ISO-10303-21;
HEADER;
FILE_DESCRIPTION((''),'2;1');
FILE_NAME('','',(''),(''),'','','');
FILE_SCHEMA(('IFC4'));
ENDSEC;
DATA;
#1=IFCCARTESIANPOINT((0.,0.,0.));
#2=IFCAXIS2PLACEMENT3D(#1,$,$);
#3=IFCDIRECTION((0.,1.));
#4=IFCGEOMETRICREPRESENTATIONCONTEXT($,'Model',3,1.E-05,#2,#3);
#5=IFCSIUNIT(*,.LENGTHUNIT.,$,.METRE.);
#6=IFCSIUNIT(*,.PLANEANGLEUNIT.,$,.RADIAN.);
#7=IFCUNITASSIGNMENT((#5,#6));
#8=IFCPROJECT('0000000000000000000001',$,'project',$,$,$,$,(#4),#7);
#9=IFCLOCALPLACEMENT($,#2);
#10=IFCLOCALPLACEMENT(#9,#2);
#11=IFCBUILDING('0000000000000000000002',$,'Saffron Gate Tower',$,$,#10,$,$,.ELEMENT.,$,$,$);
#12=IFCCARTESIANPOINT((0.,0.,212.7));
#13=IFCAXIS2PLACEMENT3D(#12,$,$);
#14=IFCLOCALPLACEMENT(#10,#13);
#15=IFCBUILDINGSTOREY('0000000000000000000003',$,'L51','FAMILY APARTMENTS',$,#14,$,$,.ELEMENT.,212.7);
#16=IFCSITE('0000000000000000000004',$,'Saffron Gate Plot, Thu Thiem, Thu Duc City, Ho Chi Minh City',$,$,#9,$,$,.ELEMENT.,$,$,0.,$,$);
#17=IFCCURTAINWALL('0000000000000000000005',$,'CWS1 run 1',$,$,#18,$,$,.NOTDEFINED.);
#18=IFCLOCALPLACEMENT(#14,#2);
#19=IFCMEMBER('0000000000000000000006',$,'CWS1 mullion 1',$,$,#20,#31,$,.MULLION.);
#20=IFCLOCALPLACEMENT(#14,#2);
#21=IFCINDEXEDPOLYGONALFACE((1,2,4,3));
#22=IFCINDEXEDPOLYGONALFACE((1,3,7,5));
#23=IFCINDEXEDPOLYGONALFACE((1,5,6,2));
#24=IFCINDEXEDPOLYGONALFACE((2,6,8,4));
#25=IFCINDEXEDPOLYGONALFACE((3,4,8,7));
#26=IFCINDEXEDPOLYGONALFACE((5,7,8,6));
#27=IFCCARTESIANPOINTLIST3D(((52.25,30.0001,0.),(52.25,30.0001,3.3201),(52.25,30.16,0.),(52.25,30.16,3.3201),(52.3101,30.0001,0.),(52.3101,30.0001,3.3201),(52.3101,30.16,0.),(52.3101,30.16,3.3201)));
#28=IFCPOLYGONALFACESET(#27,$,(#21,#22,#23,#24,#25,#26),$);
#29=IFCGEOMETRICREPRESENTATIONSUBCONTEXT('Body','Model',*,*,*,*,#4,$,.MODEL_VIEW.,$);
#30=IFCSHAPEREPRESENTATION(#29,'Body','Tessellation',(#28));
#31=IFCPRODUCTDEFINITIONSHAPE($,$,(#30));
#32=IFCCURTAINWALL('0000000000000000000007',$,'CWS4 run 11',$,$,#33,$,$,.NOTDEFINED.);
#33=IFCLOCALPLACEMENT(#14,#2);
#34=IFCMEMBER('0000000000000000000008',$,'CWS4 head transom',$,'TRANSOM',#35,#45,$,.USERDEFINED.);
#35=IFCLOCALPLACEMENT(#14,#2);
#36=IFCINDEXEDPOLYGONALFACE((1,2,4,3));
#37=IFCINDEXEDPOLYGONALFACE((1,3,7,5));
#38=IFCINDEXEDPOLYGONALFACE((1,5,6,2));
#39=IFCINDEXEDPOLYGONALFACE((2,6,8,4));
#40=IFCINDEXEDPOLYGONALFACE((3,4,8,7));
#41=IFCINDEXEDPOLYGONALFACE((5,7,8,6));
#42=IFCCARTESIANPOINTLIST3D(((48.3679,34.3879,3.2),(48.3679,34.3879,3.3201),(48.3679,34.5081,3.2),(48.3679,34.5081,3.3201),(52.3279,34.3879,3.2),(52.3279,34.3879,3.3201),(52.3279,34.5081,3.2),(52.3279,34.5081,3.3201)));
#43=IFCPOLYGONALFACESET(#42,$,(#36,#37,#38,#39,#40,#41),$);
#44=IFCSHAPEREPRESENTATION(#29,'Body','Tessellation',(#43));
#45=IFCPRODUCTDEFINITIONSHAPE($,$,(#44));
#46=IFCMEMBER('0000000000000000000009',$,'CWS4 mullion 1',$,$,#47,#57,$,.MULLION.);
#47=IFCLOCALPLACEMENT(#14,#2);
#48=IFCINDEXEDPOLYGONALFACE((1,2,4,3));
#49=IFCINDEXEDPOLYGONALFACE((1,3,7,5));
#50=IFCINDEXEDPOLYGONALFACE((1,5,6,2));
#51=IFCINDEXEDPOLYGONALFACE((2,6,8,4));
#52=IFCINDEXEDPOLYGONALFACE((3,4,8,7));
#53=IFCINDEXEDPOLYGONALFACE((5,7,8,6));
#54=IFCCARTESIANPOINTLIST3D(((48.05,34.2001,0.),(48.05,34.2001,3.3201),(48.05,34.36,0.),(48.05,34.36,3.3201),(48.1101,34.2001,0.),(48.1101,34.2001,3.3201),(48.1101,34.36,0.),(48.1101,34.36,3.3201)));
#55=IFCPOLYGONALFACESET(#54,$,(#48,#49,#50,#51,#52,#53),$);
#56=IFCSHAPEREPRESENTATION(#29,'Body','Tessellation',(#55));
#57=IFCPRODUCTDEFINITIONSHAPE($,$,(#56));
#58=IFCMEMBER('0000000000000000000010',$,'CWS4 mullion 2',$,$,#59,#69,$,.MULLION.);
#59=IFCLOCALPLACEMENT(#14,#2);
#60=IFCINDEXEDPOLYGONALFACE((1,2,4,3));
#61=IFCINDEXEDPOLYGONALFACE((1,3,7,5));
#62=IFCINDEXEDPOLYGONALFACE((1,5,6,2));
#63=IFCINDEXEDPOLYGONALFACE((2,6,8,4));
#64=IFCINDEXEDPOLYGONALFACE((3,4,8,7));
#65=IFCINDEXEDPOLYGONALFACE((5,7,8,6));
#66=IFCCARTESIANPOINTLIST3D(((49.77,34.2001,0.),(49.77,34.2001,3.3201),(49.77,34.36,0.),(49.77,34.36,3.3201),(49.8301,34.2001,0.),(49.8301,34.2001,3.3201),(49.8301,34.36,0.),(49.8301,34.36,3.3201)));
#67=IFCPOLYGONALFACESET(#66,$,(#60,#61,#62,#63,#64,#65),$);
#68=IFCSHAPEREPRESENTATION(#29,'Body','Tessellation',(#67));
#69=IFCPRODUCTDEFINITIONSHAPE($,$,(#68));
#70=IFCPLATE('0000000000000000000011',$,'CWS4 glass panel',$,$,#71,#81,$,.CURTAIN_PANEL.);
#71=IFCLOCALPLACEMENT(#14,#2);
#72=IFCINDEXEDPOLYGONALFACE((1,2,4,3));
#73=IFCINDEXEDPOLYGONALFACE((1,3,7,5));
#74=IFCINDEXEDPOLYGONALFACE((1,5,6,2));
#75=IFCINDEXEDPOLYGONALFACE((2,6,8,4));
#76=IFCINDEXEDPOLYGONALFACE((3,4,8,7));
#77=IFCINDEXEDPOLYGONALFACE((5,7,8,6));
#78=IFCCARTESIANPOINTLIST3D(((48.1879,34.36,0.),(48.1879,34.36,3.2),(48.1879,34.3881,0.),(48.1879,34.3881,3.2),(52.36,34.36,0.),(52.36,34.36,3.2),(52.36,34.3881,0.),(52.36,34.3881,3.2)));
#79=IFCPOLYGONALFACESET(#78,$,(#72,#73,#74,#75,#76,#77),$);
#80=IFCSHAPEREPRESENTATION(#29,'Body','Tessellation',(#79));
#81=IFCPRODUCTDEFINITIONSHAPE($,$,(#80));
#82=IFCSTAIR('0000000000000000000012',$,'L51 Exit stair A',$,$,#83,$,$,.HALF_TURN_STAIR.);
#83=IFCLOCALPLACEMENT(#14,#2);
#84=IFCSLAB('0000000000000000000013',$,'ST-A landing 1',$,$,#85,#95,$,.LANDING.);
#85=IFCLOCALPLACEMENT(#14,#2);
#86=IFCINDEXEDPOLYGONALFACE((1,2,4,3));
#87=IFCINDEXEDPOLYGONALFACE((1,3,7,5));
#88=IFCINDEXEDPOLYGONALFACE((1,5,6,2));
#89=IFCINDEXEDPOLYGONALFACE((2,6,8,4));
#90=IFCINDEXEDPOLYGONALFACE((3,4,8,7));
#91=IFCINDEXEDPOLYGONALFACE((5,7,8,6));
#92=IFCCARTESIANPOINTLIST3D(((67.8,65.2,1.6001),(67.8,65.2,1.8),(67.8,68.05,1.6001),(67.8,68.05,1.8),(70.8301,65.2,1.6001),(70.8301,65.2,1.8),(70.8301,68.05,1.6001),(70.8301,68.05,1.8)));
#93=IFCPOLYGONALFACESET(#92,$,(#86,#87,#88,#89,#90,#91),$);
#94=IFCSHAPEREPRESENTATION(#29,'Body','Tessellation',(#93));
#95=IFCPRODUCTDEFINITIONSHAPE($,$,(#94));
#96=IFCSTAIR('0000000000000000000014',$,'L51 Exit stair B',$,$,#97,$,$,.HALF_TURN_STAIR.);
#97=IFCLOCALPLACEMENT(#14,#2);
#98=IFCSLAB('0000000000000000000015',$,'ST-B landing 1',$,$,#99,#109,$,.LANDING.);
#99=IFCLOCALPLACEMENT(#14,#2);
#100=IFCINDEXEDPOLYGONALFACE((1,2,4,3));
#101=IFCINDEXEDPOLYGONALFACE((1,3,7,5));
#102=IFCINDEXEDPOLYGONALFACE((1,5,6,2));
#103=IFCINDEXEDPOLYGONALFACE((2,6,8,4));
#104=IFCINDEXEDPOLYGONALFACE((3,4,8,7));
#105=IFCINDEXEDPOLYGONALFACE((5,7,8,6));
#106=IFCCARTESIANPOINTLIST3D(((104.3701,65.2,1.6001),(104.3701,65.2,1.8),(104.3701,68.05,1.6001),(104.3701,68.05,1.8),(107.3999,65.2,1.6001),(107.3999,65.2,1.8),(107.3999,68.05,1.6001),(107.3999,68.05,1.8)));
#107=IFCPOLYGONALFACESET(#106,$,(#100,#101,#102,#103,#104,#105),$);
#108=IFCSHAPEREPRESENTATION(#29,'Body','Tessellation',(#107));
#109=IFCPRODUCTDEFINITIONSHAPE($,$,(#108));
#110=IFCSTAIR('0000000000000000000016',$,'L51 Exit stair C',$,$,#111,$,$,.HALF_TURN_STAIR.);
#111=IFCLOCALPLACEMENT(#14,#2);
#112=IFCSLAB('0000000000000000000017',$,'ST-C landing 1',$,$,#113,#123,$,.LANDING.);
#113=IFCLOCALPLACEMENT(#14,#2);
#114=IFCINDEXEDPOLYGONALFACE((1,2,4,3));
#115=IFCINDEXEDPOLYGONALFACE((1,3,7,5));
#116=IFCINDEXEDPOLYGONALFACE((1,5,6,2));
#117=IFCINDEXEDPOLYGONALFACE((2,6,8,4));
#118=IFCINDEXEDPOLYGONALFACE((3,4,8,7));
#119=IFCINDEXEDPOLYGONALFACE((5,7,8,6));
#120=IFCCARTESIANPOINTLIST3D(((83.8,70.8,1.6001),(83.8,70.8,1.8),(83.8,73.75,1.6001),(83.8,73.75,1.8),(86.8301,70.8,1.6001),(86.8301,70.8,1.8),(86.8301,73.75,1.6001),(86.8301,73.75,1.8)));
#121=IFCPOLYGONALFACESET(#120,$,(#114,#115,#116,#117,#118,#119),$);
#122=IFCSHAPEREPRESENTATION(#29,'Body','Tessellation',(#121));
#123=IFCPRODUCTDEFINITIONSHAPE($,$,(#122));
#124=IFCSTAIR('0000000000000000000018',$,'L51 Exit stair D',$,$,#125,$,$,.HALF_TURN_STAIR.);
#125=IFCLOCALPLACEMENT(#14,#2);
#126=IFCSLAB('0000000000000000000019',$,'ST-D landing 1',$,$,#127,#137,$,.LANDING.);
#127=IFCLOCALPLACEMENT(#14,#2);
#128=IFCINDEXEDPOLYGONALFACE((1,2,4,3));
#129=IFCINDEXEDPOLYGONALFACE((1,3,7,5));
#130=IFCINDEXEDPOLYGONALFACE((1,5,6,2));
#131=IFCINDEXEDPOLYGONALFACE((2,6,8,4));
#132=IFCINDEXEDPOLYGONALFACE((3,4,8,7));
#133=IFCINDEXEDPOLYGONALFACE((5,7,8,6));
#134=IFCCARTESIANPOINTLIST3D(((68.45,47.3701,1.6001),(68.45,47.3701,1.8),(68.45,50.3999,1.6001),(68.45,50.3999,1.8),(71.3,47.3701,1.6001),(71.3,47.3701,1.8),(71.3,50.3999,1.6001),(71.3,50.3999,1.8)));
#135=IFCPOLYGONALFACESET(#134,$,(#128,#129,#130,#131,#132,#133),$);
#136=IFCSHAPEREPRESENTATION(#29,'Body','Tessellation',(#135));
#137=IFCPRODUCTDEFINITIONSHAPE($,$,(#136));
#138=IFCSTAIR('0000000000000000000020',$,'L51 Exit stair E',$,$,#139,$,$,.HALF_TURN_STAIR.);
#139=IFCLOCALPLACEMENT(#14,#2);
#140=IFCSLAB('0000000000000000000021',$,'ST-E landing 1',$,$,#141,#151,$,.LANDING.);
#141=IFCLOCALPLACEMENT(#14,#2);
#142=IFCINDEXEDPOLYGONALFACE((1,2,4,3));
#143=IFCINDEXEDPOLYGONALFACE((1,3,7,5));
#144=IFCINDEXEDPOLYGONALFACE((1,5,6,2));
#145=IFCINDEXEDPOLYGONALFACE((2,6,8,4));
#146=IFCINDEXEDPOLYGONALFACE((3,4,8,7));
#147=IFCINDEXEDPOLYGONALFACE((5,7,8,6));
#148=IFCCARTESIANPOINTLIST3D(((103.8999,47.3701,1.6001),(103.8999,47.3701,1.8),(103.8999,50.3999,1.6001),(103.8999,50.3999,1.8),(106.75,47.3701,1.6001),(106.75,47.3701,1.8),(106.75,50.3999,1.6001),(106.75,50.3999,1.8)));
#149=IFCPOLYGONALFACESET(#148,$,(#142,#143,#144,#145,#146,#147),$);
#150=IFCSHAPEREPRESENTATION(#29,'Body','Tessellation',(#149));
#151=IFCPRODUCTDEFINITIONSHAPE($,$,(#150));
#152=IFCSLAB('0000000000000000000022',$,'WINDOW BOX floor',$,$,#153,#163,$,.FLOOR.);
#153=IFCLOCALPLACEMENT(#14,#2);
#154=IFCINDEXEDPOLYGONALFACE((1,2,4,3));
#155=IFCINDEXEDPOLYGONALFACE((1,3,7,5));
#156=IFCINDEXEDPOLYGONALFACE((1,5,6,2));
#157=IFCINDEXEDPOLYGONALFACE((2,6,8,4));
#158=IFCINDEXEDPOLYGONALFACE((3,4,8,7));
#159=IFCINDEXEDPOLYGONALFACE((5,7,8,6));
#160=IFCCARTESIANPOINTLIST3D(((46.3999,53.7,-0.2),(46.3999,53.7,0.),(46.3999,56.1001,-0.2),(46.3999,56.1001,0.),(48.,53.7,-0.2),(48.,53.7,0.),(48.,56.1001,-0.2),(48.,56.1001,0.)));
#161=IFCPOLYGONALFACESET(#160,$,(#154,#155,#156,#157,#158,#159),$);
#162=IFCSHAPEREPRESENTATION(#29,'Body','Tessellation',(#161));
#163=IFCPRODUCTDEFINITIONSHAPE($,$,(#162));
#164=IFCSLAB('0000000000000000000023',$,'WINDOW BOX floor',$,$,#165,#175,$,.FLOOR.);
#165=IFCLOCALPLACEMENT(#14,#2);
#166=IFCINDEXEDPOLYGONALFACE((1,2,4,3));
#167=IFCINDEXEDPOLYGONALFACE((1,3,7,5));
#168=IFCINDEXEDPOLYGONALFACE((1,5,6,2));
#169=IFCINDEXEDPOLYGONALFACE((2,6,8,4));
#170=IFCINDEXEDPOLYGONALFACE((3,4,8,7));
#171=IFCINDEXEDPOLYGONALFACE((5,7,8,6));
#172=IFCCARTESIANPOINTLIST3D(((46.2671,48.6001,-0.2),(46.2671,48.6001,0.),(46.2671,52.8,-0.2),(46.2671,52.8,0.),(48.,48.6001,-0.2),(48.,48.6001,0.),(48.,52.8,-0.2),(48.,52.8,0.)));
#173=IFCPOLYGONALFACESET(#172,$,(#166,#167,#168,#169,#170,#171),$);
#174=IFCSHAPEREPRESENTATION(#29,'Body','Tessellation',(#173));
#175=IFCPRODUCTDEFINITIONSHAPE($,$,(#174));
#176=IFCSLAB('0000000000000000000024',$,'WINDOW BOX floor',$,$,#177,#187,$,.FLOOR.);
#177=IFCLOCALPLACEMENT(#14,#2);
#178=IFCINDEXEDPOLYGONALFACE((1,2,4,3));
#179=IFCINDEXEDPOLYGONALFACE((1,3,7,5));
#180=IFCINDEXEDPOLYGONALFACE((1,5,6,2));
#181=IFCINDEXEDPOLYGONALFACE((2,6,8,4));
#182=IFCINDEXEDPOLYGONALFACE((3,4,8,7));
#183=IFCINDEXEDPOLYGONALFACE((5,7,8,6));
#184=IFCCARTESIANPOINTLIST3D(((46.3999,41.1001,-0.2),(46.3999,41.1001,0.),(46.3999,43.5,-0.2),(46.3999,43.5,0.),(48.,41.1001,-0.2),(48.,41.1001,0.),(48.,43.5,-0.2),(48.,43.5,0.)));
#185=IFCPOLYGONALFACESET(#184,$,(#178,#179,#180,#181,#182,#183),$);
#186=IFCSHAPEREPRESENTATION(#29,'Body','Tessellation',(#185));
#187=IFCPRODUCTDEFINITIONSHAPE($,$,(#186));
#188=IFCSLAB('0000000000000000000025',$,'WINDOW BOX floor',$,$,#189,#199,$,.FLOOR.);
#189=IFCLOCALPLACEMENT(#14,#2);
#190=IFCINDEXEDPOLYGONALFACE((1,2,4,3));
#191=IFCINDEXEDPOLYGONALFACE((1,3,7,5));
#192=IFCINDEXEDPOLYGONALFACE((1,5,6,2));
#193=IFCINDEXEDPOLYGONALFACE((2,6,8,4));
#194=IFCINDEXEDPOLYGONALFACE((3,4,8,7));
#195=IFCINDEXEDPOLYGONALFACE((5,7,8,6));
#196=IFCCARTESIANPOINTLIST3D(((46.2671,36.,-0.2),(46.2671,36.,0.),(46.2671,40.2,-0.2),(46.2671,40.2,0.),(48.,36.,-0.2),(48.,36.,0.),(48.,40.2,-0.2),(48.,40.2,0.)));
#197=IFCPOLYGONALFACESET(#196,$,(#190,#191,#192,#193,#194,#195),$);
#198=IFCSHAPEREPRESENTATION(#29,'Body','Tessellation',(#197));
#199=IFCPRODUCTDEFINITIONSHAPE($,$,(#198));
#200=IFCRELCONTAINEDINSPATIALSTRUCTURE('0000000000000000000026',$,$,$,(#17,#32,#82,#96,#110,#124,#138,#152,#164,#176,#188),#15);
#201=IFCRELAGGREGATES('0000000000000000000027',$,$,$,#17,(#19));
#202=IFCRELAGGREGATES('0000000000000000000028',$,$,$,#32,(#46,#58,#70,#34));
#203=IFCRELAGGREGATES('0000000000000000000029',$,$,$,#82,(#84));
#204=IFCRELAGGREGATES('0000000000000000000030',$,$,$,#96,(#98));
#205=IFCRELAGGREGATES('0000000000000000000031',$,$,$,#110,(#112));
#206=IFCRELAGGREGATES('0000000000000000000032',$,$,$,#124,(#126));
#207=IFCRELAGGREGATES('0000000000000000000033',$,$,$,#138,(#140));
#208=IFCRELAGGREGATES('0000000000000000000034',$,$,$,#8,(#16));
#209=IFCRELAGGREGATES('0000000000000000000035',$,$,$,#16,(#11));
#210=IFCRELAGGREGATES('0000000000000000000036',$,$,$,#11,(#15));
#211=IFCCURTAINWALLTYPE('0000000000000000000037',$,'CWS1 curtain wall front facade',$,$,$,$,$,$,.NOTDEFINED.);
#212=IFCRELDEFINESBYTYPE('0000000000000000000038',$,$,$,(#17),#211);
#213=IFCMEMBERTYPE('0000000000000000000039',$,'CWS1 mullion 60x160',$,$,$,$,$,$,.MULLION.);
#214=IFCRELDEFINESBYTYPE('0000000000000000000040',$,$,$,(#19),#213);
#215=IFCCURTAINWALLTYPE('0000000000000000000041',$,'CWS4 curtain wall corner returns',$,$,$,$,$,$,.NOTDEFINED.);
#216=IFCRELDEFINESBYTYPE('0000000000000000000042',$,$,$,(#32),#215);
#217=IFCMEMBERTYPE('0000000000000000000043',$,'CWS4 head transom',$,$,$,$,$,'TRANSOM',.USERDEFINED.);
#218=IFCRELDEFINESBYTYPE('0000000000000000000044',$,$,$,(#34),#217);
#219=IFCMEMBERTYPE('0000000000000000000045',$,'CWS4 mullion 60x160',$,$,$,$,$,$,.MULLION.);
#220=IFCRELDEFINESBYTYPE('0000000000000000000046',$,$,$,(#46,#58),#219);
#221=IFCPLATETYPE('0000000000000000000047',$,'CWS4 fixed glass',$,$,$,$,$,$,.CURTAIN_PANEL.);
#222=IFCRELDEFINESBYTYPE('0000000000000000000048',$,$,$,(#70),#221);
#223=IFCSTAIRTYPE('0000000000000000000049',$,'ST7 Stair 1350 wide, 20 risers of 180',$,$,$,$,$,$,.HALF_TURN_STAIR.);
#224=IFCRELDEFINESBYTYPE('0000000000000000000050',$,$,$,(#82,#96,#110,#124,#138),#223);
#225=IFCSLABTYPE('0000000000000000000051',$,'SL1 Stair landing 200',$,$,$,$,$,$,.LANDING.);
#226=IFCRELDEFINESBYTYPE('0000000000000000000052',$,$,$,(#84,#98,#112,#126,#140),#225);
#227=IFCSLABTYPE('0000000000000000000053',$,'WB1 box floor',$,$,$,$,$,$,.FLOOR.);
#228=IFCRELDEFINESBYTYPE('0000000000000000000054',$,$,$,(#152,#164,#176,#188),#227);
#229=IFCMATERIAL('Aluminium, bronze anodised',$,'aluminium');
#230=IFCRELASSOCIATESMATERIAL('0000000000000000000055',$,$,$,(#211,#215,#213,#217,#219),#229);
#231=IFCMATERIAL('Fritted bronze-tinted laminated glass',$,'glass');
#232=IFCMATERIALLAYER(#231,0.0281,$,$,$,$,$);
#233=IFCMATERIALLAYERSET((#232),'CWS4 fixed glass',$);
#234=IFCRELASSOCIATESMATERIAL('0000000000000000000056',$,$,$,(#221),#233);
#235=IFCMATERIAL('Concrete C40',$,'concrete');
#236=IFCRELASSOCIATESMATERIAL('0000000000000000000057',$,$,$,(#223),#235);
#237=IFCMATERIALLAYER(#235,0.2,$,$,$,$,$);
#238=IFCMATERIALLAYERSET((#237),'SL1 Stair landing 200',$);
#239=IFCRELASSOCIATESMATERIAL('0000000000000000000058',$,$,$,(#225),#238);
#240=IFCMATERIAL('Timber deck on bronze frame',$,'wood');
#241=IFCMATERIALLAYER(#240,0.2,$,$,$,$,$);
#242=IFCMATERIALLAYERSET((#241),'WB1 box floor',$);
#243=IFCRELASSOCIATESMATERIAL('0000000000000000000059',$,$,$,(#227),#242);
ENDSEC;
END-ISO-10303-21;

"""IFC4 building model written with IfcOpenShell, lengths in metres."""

from ifc_helpers import new_model, si_unit, direction, frame, frame_2d, origin, origin_2d, place, context, subcontext, project, spatial, polyline, rectangle, outline, extrude, material, layer, layer_set, material_profile, profile_set, type_object, element, aggregate, save


model = new_model("IFC4")

# Units and contexts
model_context = context("Model", 3, precision=1e-05, world=origin(), true_north=direction((0.0, 1.0)))
body_context = subcontext(model_context, "Body", "Model", "MODEL_VIEW")
ifc_project = project(units=[si_unit("LENGTHUNIT", "METRE"), si_unit("PLANEANGLEUNIT", "RADIAN")], contexts=[model_context])

# Site, building, storey
site_placement = place(None, origin())
site = spatial("IfcSite", under=ifc_project, at=site_placement, Name="Saffron Gate Plot, Thu Thiem, Thu Duc City, Ho Chi Minh City", CompositionType="ELEMENT", RefElevation=0.0)
building_placement = place(site_placement, origin())
building = spatial("IfcBuilding", under=site, at=building_placement, Name="Saffron Gate Tower", CompositionType="ELEMENT")
storey_placement = place(building_placement, frame((0.0, 0.0, 212.7)))
storey = spatial("IfcBuildingStorey", under=building, at=storey_placement, Name="L51", Description="FAMILY APARTMENTS", CompositionType="ELEMENT", Elevation=212.7)

# Curtain wall, member
ifc_material_1 = material(Name="Aluminium, bronze anodised", Category="aluminium")
curtain_wall_type_1 = type_object("IfcCurtainWallType", Name="CWS1 curtain wall front facade", PredefinedType="NOTDEFINED", material=ifc_material_1)
curtain_wall_1_placement = place(storey_placement, origin())
curtain_wall_1 = element("IfcCurtainWall", 1, at=curtain_wall_1_placement, inside=storey, type_object=curtain_wall_type_1, Name="CWS1 run 1", PredefinedType="NOTDEFINED")
ifc_material_profile_1 = material_profile(ifc_material_1, rectangle(XDim=0.1599, YDim=0.0601, at=origin_2d()))
ifc_profile_set_1 = profile_set([ifc_material_profile_1], Name="Aluminium, bronze anodised")
member_type_1 = type_object("IfcMemberType", Name="CWS1 mullion 60x160", PredefinedType="MULLION", material=ifc_profile_set_1)
member_1_placement = place(storey_placement, frame((52.28, 30.0801, 0.0), z_axis=(0.0, 0.0, 1.0), x_axis=(0.0, 1.0, 0.0)))
member_1 = element("IfcMember", 2, at=member_1_placement, type_object=member_type_1, Name="CWS1 mullion 1", PredefinedType="MULLION", context=body_context, shape_type="SweptSolid", body=[
    extrude(rectangle(XDim=0.1599, YDim=0.0601, at=origin_2d()), origin(), (0.0, 0.0, 1.0), 3.3201),
])
aggregate(curtain_wall_1, [member_1])

# Curtain wall, members, plate
curtain_wall_type_2 = type_object("IfcCurtainWallType", Name="CWS4 curtain wall corner returns", PredefinedType="NOTDEFINED", material=ifc_material_1)
curtain_wall_2_placement = place(storey_placement, origin())
curtain_wall_2 = element("IfcCurtainWall", 3, at=curtain_wall_2_placement, inside=storey, type_object=curtain_wall_type_2, Name="CWS4 run 11", PredefinedType="NOTDEFINED")
ifc_material_profile_2 = material_profile(ifc_material_1, rectangle(XDim=0.1201, YDim=0.1201, at=origin_2d()))
ifc_profile_set_2 = profile_set([ifc_material_profile_2], Name="Aluminium, bronze anodised")
member_type_2 = type_object("IfcMemberType", Name="CWS4 head transom", ElementType="TRANSOM", PredefinedType="USERDEFINED", material=ifc_profile_set_2)
member_2_placement = place(storey_placement, frame((48.3679, 34.448, 3.26), z_axis=(1.0, 0.0, 0.0), x_axis=(0.0, 1.0, 0.0)))
member_2 = element("IfcMember", 4, at=member_2_placement, type_object=member_type_2, Name="CWS4 head transom", ObjectType="TRANSOM", PredefinedType="USERDEFINED", context=body_context, shape_type="SweptSolid", body=[
    extrude(rectangle(XDim=0.1201, YDim=0.1201, at=origin_2d()), origin(), (0.0, 0.0, 1.0), 3.96),
])
ifc_material_profile_3 = material_profile(ifc_material_1, rectangle(XDim=0.1599, YDim=0.0601, at=origin_2d()))
ifc_profile_set_3 = profile_set([ifc_material_profile_3], Name="Aluminium, bronze anodised")
member_type_3 = type_object("IfcMemberType", Name="CWS4 mullion 60x160", PredefinedType="MULLION", material=ifc_profile_set_3)
member_3_placement = place(storey_placement, frame((48.0801, 34.28, 0.0), z_axis=(0.0, 0.0, 1.0), x_axis=(0.0, 1.0, 0.0)))
member_3 = element("IfcMember", 5, at=member_3_placement, type_object=member_type_3, Name="CWS4 mullion 1", PredefinedType="MULLION", context=body_context, shape_type="SweptSolid", body=[
    extrude(rectangle(XDim=0.1599, YDim=0.0601, at=origin_2d()), origin(), (0.0, 0.0, 1.0), 3.3201),
])
member_4_placement = place(storey_placement, frame((49.8, 34.28, 0.0), z_axis=(0.0, 0.0, 1.0), x_axis=(0.0, 1.0, 0.0)))
member_4 = element("IfcMember", 6, at=member_4_placement, type_object=member_type_3, Name="CWS4 mullion 2", PredefinedType="MULLION", context=body_context, shape_type="SweptSolid", body=[
    extrude(rectangle(XDim=0.1599, YDim=0.0601, at=origin_2d()), origin(), (0.0, 0.0, 1.0), 3.3201),
])
ifc_material_2 = material(Name="Fritted bronze-tinted laminated glass", Category="glass")
ifc_layer_1 = layer(ifc_material_2, 0.0281)
ifc_layer_set_1 = layer_set([ifc_layer_1], Name="CWS4 fixed glass")
plate_type_1 = type_object("IfcPlateType", Name="CWS4 fixed glass", PredefinedType="CURTAIN_PANEL", material=ifc_layer_set_1)
plate_1_placement = place(storey_placement, frame((48.188, 34.374, 0.0), z_axis=(0.0, 0.0, 1.0), x_axis=(1.0, 0.0, 0.0)))
plate_1 = element("IfcPlate", 7, at=plate_1_placement, type_object=plate_type_1, Name="CWS4 glass panel", PredefinedType="CURTAIN_PANEL", context=body_context, shape_type="SweptSolid", body=[
    extrude(rectangle(XDim=4.1721, YDim=0.0281, at=frame_2d((2.0859, 0.0))), origin(), (0.0, 0.0, 1.0), 3.2),
])
aggregate(curtain_wall_2, [member_3, member_4, plate_1, member_2])

# Stairs, slabs
ifc_material_3 = material(Name="Concrete C40", Category="concrete")
stair_type = type_object("IfcStairType", Name="ST7 Stair 1350 wide, 20 risers of 180", PredefinedType="HALF_TURN_STAIR", material=ifc_material_3)
stair_1_placement = place(storey_placement, origin())
stair_1 = element("IfcStair", 8, at=stair_1_placement, inside=storey, type_object=stair_type, Name="L51 Exit stair A", PredefinedType="HALF_TURN_STAIR")
ifc_layer_2 = layer(ifc_material_3, 0.2)
ifc_layer_set_2 = layer_set([ifc_layer_2], Name="SL1 Stair landing 200")
slab_type_1 = type_object("IfcSlabType", Name="SL1 Stair landing 200", PredefinedType="LANDING", material=ifc_layer_set_2)
slab_1_placement = place(storey_placement, frame((0.0, 0.0, 1.6001)))
slab_1 = element("IfcSlab", 9, at=slab_1_placement, type_object=slab_type_1, Name="ST-A landing 1", PredefinedType="LANDING", context=body_context, shape_type="SweptSolid", body=[
    extrude(outline(polyline([(70.8301, 68.05), (67.8, 68.05), (67.8, 65.2), (70.8301, 65.2), (70.8301, 68.05)])), origin(), (0.0, 0.0, 1.0), 0.2),
])
aggregate(stair_1, [slab_1])
stair_2_placement = place(storey_placement, origin())
stair_2 = element("IfcStair", 10, at=stair_2_placement, inside=storey, type_object=stair_type, Name="L51 Exit stair B", PredefinedType="HALF_TURN_STAIR")
slab_2_placement = place(storey_placement, frame((0.0, 0.0, 1.6001)))
slab_2 = element("IfcSlab", 11, at=slab_2_placement, type_object=slab_type_1, Name="ST-B landing 1", PredefinedType="LANDING", context=body_context, shape_type="SweptSolid", body=[
    extrude(outline(polyline([(104.3701, 65.2), (107.3999, 65.2), (107.3999, 68.05), (104.3701, 68.05), (104.3701, 65.2)])), origin(), (0.0, 0.0, 1.0), 0.2),
])
aggregate(stair_2, [slab_2])
stair_3_placement = place(storey_placement, origin())
stair_3 = element("IfcStair", 12, at=stair_3_placement, inside=storey, type_object=stair_type, Name="L51 Exit stair C", PredefinedType="HALF_TURN_STAIR")
slab_3_placement = place(storey_placement, frame((0.0, 0.0, 1.6001)))
slab_3 = element("IfcSlab", 13, at=slab_3_placement, type_object=slab_type_1, Name="ST-C landing 1", PredefinedType="LANDING", context=body_context, shape_type="SweptSolid", body=[
    extrude(outline(polyline([(86.8301, 73.75), (83.8, 73.75), (83.8, 70.8), (86.8301, 70.8), (86.8301, 73.75)])), origin(), (0.0, 0.0, 1.0), 0.2),
])
aggregate(stair_3, [slab_3])
stair_4_placement = place(storey_placement, origin())
stair_4 = element("IfcStair", 14, at=stair_4_placement, inside=storey, type_object=stair_type, Name="L51 Exit stair D", PredefinedType="HALF_TURN_STAIR")
slab_4_placement = place(storey_placement, frame((0.0, 0.0, 1.6001)))
slab_4 = element("IfcSlab", 15, at=slab_4_placement, type_object=slab_type_1, Name="ST-D landing 1", PredefinedType="LANDING", context=body_context, shape_type="SweptSolid", body=[
    extrude(outline(polyline([(71.3, 47.3701), (71.3, 50.3999), (68.45, 50.3999), (68.45, 47.3701), (71.3, 47.3701)])), origin(), (0.0, 0.0, 1.0), 0.2),
])
aggregate(stair_4, [slab_4])
stair_5_placement = place(storey_placement, origin())
stair_5 = element("IfcStair", 16, at=stair_5_placement, inside=storey, type_object=stair_type, Name="L51 Exit stair E", PredefinedType="HALF_TURN_STAIR")
slab_5_placement = place(storey_placement, frame((0.0, 0.0, 1.6001)))
slab_5 = element("IfcSlab", 17, at=slab_5_placement, type_object=slab_type_1, Name="ST-E landing 1", PredefinedType="LANDING", context=body_context, shape_type="SweptSolid", body=[
    extrude(outline(polyline([(106.75, 47.3701), (106.75, 50.3999), (103.8999, 50.3999), (103.8999, 47.3701), (106.75, 47.3701)])), origin(), (0.0, 0.0, 1.0), 0.2),
])
aggregate(stair_5, [slab_5])

# Slabs
ifc_material_4 = material(Name="Timber deck on bronze frame", Category="wood")
ifc_layer_3 = layer(ifc_material_4, 0.2)
ifc_layer_set_3 = layer_set([ifc_layer_3], Name="WB1 box floor")
slab_type_2 = type_object("IfcSlabType", Name="WB1 box floor", PredefinedType="FLOOR", material=ifc_layer_set_3)
slab_6_placement = place(storey_placement, frame((0.0, 0.0, -0.2)))
element("IfcSlab", 18, at=slab_6_placement, inside=storey, type_object=slab_type_2, Name="WINDOW BOX floor", PredefinedType="FLOOR", context=body_context, shape_type="SweptSolid", body=[
    extrude(outline(polyline([(48.0, 56.1001), (48.0, 53.7), (46.3999, 53.7), (46.3999, 56.1001), (48.0, 56.1001)])), origin(), (0.0, 0.0, 1.0), 0.2),
])
slab_7_placement = place(storey_placement, frame((0.0, 0.0, -0.2)))
element("IfcSlab", 19, at=slab_7_placement, inside=storey, type_object=slab_type_2, Name="WINDOW BOX floor", PredefinedType="FLOOR", context=body_context, shape_type="SweptSolid", body=[
    extrude(outline(polyline([(48.0, 52.8), (48.0, 48.6001), (46.2671, 48.6001), (46.2671, 52.8), (48.0, 52.8)])), origin(), (0.0, 0.0, 1.0), 0.2),
])
slab_8_placement = place(storey_placement, frame((0.0, 0.0, -0.2)))
element("IfcSlab", 20, at=slab_8_placement, inside=storey, type_object=slab_type_2, Name="WINDOW BOX floor", PredefinedType="FLOOR", context=body_context, shape_type="SweptSolid", body=[
    extrude(outline(polyline([(48.0, 43.5), (48.0, 41.1001), (46.3999, 41.1001), (46.3999, 43.5), (48.0, 43.5)])), origin(), (0.0, 0.0, 1.0), 0.2),
])
slab_9_placement = place(storey_placement, frame((0.0, 0.0, -0.2)))
element("IfcSlab", 21, at=slab_9_placement, inside=storey, type_object=slab_type_2, Name="WINDOW BOX floor", PredefinedType="FLOOR", context=body_context, shape_type="SweptSolid", body=[
    extrude(outline(polyline([(48.0, 40.2), (48.0, 36.0), (46.2671, 36.0), (46.2671, 40.2), (48.0, 40.2)])), origin(), (0.0, 0.0, 1.0), 0.2),
])

save(model, "model.ifc")
